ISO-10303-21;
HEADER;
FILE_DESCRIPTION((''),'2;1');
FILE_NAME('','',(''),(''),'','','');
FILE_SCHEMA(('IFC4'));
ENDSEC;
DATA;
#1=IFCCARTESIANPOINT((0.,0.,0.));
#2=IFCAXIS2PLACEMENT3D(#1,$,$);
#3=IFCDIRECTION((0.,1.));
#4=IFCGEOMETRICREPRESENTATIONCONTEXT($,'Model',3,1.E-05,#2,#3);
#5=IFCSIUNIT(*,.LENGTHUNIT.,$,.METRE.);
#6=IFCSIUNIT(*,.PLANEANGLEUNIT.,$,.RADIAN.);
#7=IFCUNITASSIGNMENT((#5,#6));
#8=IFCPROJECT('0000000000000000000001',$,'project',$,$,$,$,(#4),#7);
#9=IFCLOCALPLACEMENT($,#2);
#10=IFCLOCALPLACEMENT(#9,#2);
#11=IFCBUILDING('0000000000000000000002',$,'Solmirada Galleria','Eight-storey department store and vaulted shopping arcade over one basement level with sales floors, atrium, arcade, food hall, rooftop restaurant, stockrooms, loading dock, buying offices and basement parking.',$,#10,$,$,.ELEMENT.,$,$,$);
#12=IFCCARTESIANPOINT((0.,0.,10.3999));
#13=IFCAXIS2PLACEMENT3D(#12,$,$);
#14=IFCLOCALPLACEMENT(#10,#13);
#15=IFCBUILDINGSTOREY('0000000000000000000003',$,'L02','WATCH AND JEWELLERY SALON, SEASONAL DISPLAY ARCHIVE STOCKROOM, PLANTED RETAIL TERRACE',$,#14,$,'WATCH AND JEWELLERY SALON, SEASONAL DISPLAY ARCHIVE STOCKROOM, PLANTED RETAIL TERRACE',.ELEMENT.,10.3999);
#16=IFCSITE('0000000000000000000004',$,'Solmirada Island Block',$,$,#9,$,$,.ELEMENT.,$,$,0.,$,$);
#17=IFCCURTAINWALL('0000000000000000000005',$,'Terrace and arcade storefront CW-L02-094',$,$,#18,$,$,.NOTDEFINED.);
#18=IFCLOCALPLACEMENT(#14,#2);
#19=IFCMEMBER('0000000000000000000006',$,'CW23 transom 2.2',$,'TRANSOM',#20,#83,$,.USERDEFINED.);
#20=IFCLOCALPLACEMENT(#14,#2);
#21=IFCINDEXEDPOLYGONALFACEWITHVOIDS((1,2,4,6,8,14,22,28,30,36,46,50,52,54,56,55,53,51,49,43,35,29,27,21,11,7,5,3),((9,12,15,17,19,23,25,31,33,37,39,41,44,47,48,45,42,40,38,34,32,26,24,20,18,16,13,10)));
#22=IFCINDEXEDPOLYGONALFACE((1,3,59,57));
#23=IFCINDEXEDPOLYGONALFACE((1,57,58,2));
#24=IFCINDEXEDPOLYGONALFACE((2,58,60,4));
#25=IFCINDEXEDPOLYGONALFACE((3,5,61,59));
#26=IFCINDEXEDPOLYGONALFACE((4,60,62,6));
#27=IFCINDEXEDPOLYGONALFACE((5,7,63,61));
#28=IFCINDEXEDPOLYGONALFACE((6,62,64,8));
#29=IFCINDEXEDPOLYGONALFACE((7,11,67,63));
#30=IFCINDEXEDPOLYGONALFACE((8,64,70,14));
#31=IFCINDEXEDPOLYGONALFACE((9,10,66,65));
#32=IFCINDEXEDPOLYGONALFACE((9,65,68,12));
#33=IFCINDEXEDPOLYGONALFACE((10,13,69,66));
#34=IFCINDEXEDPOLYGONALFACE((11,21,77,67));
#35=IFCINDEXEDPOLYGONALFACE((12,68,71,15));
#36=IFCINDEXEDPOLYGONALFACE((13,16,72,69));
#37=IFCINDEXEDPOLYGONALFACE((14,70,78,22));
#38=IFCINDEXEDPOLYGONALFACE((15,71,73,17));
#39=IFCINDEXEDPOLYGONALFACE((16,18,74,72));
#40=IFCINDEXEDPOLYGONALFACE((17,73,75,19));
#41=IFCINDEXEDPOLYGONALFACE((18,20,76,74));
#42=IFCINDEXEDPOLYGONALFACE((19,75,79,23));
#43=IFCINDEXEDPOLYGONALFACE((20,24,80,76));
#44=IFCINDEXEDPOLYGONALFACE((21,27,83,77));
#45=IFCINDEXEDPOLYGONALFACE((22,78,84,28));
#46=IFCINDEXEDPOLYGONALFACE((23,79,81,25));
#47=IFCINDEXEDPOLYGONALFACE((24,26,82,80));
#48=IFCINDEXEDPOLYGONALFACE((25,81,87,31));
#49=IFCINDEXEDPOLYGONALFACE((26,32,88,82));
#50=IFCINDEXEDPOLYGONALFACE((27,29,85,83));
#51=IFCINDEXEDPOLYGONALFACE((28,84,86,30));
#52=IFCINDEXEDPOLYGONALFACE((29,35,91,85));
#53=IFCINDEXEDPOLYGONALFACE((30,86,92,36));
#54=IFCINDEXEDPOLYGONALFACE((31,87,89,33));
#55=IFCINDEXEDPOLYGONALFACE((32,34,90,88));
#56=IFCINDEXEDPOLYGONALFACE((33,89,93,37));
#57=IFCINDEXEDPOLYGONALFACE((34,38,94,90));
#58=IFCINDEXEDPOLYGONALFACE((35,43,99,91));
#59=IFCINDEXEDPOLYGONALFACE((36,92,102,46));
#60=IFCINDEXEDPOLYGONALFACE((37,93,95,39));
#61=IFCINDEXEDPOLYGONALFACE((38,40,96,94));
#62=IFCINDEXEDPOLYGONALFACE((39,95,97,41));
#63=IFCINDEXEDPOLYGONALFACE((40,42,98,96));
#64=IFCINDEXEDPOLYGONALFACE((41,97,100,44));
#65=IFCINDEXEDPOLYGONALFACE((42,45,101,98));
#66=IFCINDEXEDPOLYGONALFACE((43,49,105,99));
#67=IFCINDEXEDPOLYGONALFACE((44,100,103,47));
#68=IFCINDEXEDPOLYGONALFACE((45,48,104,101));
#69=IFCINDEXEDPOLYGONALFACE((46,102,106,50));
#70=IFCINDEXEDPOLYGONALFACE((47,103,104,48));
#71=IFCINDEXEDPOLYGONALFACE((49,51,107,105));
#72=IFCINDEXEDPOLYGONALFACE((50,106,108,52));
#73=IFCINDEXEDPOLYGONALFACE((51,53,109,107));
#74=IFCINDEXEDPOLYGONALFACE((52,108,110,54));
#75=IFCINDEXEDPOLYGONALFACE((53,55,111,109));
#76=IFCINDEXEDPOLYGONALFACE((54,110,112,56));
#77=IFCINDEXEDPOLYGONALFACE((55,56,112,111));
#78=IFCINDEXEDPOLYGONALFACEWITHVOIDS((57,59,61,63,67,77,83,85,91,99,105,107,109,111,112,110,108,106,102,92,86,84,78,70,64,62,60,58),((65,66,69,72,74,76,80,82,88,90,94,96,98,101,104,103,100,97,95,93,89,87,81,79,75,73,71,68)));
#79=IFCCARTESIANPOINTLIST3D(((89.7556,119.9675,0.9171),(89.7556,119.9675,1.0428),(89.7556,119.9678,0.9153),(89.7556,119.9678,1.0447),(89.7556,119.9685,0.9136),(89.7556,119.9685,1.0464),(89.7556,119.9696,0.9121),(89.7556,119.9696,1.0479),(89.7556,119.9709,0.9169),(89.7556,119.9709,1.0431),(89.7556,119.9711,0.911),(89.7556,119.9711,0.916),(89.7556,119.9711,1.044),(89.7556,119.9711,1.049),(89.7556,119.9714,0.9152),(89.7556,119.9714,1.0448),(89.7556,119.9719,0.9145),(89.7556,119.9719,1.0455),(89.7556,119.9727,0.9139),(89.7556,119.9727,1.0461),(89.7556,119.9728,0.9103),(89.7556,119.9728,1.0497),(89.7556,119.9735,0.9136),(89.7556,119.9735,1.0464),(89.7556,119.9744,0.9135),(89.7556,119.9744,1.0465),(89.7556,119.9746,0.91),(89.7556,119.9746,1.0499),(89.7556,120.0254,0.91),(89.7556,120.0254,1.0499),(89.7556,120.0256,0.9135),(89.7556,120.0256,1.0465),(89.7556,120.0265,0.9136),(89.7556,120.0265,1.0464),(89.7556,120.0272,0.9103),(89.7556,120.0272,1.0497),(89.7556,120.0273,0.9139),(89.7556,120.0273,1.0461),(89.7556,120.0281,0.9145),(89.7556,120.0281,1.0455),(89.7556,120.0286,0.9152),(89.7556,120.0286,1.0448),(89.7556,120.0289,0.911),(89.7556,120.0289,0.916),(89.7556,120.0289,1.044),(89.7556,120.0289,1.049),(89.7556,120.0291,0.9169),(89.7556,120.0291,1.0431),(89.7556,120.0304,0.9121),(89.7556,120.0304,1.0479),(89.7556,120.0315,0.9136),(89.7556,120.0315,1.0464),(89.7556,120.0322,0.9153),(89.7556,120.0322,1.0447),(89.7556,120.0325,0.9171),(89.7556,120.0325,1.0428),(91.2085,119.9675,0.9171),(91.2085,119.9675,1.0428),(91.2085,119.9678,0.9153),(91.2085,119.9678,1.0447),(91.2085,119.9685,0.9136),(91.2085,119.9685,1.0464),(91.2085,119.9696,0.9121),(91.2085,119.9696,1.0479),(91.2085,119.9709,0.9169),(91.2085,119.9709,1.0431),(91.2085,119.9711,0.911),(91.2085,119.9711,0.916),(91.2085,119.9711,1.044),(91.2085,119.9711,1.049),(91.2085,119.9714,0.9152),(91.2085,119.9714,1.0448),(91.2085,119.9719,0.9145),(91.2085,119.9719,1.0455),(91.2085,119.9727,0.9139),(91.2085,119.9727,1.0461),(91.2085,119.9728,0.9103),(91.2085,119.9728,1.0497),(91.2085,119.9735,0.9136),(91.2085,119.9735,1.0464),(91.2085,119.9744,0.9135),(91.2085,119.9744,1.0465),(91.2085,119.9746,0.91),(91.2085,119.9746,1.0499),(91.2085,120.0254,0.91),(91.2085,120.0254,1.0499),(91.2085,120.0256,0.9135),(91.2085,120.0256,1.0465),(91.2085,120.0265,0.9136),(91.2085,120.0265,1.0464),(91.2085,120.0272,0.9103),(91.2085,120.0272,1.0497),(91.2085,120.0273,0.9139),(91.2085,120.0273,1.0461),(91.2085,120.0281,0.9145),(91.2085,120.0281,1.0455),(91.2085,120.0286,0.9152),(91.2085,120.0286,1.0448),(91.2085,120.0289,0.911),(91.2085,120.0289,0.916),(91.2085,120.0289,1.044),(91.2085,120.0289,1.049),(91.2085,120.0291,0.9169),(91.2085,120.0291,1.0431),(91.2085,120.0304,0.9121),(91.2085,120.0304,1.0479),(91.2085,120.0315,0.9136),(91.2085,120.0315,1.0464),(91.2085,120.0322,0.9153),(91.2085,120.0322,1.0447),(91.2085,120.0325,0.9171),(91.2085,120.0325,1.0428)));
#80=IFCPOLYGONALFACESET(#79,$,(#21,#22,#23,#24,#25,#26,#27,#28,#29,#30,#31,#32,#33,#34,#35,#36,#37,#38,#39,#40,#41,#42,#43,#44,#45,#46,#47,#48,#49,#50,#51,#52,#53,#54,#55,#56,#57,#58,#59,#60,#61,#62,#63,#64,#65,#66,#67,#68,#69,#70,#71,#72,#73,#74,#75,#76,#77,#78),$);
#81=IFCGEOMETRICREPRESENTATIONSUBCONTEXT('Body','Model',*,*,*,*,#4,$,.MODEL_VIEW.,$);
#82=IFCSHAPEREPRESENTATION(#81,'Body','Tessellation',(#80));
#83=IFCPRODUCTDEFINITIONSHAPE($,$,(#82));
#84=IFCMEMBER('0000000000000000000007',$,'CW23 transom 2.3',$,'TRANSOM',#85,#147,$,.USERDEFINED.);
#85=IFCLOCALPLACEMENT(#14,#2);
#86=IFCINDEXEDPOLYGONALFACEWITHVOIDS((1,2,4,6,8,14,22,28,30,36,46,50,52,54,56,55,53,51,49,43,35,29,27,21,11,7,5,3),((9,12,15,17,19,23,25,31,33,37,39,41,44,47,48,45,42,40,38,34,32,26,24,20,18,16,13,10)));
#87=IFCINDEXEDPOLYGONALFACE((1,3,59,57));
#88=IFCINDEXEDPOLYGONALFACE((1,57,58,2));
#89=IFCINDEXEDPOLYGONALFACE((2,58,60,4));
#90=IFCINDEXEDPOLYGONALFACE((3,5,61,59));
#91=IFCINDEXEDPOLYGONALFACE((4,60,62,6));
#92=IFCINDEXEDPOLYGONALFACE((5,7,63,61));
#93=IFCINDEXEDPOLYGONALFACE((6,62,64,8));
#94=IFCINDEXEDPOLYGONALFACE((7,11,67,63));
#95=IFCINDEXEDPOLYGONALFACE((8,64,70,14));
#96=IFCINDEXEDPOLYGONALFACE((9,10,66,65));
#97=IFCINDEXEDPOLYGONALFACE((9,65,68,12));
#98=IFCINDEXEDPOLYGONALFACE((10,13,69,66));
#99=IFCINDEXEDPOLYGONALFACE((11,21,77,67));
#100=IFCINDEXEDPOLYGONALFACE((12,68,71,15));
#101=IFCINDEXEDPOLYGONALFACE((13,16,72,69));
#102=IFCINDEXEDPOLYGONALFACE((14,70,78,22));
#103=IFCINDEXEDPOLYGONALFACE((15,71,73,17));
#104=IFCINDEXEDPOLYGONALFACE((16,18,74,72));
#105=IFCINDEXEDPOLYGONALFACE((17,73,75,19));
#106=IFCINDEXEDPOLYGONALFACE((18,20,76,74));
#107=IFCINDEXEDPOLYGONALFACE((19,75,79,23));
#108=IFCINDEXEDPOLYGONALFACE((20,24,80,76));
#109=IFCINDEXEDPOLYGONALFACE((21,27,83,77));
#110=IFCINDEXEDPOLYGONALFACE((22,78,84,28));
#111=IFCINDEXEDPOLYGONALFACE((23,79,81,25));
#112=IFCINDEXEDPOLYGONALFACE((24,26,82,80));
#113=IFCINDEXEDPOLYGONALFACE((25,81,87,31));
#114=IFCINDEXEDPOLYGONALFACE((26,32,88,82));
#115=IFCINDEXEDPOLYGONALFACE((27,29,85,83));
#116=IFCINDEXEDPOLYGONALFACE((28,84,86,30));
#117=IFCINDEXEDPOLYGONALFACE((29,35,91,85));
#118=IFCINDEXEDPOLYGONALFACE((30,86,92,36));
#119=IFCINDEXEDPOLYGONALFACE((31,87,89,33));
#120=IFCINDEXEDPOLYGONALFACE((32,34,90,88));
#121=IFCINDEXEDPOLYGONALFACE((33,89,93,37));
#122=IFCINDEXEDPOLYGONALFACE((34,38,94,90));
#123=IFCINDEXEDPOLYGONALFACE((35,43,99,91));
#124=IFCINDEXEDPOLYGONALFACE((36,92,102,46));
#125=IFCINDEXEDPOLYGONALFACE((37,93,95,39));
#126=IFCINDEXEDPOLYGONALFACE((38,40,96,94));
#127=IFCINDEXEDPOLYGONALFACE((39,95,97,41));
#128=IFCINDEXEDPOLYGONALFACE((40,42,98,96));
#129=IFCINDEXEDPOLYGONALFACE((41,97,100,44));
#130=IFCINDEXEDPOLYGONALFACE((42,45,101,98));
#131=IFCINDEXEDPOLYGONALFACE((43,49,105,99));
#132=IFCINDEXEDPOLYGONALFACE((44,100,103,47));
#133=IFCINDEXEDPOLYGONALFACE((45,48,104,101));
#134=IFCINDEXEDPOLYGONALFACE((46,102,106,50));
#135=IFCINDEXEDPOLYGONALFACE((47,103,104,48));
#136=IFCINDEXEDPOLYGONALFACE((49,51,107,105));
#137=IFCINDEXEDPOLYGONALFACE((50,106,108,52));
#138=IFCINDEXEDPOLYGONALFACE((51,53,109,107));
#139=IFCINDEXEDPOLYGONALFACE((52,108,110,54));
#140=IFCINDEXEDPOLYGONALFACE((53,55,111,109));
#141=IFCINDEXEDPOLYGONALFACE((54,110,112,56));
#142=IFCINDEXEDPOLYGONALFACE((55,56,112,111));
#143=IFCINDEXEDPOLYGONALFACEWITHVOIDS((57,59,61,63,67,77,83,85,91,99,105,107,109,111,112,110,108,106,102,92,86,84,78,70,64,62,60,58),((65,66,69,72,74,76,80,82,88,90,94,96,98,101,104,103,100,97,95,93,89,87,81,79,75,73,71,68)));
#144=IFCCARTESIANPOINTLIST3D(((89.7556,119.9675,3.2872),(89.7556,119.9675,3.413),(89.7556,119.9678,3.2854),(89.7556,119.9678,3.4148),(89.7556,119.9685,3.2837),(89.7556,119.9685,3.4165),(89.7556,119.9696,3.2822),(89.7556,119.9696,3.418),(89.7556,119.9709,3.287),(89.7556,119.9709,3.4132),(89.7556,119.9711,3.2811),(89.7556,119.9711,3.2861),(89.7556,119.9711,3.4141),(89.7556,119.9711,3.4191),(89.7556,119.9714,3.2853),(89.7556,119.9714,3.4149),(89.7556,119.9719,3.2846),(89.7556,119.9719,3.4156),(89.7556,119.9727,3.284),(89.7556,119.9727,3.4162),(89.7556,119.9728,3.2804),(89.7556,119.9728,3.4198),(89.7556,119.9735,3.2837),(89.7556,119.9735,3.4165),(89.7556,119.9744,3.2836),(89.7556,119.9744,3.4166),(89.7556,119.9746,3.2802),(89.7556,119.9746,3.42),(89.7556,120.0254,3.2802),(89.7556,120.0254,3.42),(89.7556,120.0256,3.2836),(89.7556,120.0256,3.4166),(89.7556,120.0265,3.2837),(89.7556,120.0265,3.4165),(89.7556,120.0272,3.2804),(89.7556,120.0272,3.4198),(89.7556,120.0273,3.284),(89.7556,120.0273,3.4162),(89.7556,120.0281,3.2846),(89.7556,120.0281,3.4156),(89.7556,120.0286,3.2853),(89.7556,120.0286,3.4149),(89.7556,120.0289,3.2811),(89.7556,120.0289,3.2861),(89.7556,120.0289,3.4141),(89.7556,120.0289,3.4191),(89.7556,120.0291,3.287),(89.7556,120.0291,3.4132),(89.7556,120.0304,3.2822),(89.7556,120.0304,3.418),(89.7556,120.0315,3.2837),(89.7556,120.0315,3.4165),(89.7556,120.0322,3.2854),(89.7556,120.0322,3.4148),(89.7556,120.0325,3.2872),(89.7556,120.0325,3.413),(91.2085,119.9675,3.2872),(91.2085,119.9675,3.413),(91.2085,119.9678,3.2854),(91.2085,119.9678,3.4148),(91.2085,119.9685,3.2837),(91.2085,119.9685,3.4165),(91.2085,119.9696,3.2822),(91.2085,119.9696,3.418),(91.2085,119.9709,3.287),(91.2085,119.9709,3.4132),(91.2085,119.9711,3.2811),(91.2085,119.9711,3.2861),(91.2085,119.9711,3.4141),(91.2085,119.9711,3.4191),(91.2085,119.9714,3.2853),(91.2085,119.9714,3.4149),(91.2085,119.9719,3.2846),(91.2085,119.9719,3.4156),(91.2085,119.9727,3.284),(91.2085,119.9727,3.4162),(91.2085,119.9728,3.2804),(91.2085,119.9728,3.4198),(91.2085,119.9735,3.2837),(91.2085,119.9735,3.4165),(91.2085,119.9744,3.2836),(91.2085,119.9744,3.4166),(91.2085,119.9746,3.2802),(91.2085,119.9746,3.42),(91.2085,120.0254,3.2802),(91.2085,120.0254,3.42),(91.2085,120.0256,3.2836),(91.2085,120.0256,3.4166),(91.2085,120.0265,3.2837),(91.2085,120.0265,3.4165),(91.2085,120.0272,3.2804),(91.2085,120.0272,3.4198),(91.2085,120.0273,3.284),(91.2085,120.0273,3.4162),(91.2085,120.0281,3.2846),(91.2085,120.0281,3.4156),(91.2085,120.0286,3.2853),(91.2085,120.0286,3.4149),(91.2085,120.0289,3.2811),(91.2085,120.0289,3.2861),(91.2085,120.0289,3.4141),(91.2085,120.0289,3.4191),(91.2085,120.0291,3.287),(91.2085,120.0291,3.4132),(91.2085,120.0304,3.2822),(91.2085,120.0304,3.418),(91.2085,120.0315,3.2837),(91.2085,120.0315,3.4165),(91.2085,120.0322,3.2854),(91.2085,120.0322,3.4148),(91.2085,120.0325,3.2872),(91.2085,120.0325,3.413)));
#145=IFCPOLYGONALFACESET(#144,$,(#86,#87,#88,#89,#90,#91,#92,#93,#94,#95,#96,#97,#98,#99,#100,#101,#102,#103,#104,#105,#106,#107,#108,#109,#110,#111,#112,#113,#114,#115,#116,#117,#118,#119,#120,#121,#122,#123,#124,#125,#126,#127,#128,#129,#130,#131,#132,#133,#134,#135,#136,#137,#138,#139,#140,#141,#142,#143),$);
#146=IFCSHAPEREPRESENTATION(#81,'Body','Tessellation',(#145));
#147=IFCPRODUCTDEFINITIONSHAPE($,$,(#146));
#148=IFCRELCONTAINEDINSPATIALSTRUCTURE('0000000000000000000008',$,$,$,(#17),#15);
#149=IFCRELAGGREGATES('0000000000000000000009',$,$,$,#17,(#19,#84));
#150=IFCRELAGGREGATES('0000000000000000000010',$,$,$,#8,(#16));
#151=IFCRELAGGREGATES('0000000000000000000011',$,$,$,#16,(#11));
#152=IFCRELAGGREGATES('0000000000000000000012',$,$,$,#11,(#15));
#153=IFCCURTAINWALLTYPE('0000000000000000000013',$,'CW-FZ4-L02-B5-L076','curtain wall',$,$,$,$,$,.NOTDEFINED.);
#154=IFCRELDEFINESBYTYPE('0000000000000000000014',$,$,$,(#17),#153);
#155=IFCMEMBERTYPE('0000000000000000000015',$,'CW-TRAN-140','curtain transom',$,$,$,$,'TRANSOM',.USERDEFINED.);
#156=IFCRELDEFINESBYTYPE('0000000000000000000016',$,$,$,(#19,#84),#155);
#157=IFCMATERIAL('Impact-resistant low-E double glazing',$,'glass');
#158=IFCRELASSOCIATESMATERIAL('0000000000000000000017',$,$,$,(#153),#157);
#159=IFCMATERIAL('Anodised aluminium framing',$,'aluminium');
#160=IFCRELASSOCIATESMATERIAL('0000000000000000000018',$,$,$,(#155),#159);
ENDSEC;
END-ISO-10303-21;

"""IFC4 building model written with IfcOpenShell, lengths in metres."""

from ifc_helpers import new_model, si_unit, direction, frame, origin, origin_2d, place, context, subcontext, project, spatial, hollow_rectangle, extrude, material, material_profile, profile_set, type_object, element, aggregate, save


model = new_model("IFC4")

# Units and contexts
model_context = context("Model", 3, precision=1e-05, world=origin(), true_north=direction((0.0, 1.0)))
body_context = subcontext(model_context, "Body", "Model", "MODEL_VIEW")
ifc_project = project(units=[si_unit("LENGTHUNIT", "METRE"), si_unit("PLANEANGLEUNIT", "RADIAN")], contexts=[model_context])

# Site, building, storey
site_placement = place(None, origin())
site = spatial("IfcSite", under=ifc_project, at=site_placement, Name="Solmirada Island Block", CompositionType="ELEMENT", RefElevation=0.0)
building_placement = place(site_placement, origin())
building = spatial("IfcBuilding", under=site, at=building_placement, Name="Solmirada Galleria", Description="Eight-storey department store and vaulted shopping arcade over one basement level with sales floors, atrium, arcade, food hall, rooftop restaurant, stockrooms, loading dock, buying offices and basement parking.", CompositionType="ELEMENT")
storey_placement = place(building_placement, frame((0.0, 0.0, 10.3999)))
storey = spatial("IfcBuildingStorey", under=building, at=storey_placement, Name="L02", Description="WATCH AND JEWELLERY SALON, SEASONAL DISPLAY ARCHIVE STOCKROOM, PLANTED RETAIL TERRACE", LongName="WATCH AND JEWELLERY SALON, SEASONAL DISPLAY ARCHIVE STOCKROOM, PLANTED RETAIL TERRACE", CompositionType="ELEMENT", Elevation=10.3999)

# Curtain wall
ifc_material_1 = material(Name="Impact-resistant low-E double glazing", Category="glass")
curtain_wall_type = type_object("IfcCurtainWallType", Name="CW-FZ4-L02-B5-L076", Description="curtain wall", PredefinedType="NOTDEFINED", material=ifc_material_1)
ifc_material_2 = material(Name="Anodised aluminium framing", Category="aluminium")
curtain_wall_1_placement = place(storey_placement, origin())
curtain_wall_1 = element("IfcCurtainWall", 1, at=curtain_wall_1_placement, inside=storey, type_object=curtain_wall_type, Name="Terrace and arcade storefront CW-L02-094", PredefinedType="NOTDEFINED")

# Members
ifc_material_profile_1 = material_profile(ifc_material_2, hollow_rectangle(XDim=0.0649, YDim=0.1399, WallThickness=0.0034, InnerFilletRadius=0.0034, OuterFilletRadius=0.0071, at=origin_2d()), Name="ALU-TRAN-140X65")
ifc_profile_set_1 = profile_set([ifc_material_profile_1], Name="Anodised aluminium framing")
member_type_1 = type_object("IfcMemberType", Name="CW-TRAN-140", Description="curtain transom", ElementType="TRANSOM", PredefinedType="USERDEFINED", material=ifc_profile_set_1)
member_1_placement = place(storey_placement, frame((89.7556, 120.0, 0.98), z_axis=(1.0, 0.0, 0.0), x_axis=(0.0, 1.0, 0.0)))
member_1 = element("IfcMember", 2, at=member_1_placement, type_object=member_type_1, Name="CW23 transom 2.2", ObjectType="TRANSOM", PredefinedType="USERDEFINED", context=body_context, shape_type="SweptSolid", body=[
    extrude(hollow_rectangle(XDim=0.0649, YDim=0.1399, WallThickness=0.0034, InnerFilletRadius=0.0034, OuterFilletRadius=0.0071, at=origin_2d()), origin(), (0.0, 0.0, 1.0), 1.4529),
])
member_2_placement = place(storey_placement, frame((89.7556, 120.0, 3.3501), z_axis=(1.0, 0.0, 0.0), x_axis=(0.0, 1.0, 0.0)))
member_2 = element("IfcMember", 3, at=member_2_placement, type_object=member_type_1, Name="CW23 transom 2.3", ObjectType="TRANSOM", PredefinedType="USERDEFINED", context=body_context, shape_type="SweptSolid", body=[
    extrude(hollow_rectangle(XDim=0.0649, YDim=0.1399, WallThickness=0.0034, InnerFilletRadius=0.0034, OuterFilletRadius=0.0071, at=origin_2d()), origin(), (0.0, 0.0, 1.0), 1.4529),
])

aggregate(curtain_wall_1, [member_1, member_2])

save(model, "model.ifc")
